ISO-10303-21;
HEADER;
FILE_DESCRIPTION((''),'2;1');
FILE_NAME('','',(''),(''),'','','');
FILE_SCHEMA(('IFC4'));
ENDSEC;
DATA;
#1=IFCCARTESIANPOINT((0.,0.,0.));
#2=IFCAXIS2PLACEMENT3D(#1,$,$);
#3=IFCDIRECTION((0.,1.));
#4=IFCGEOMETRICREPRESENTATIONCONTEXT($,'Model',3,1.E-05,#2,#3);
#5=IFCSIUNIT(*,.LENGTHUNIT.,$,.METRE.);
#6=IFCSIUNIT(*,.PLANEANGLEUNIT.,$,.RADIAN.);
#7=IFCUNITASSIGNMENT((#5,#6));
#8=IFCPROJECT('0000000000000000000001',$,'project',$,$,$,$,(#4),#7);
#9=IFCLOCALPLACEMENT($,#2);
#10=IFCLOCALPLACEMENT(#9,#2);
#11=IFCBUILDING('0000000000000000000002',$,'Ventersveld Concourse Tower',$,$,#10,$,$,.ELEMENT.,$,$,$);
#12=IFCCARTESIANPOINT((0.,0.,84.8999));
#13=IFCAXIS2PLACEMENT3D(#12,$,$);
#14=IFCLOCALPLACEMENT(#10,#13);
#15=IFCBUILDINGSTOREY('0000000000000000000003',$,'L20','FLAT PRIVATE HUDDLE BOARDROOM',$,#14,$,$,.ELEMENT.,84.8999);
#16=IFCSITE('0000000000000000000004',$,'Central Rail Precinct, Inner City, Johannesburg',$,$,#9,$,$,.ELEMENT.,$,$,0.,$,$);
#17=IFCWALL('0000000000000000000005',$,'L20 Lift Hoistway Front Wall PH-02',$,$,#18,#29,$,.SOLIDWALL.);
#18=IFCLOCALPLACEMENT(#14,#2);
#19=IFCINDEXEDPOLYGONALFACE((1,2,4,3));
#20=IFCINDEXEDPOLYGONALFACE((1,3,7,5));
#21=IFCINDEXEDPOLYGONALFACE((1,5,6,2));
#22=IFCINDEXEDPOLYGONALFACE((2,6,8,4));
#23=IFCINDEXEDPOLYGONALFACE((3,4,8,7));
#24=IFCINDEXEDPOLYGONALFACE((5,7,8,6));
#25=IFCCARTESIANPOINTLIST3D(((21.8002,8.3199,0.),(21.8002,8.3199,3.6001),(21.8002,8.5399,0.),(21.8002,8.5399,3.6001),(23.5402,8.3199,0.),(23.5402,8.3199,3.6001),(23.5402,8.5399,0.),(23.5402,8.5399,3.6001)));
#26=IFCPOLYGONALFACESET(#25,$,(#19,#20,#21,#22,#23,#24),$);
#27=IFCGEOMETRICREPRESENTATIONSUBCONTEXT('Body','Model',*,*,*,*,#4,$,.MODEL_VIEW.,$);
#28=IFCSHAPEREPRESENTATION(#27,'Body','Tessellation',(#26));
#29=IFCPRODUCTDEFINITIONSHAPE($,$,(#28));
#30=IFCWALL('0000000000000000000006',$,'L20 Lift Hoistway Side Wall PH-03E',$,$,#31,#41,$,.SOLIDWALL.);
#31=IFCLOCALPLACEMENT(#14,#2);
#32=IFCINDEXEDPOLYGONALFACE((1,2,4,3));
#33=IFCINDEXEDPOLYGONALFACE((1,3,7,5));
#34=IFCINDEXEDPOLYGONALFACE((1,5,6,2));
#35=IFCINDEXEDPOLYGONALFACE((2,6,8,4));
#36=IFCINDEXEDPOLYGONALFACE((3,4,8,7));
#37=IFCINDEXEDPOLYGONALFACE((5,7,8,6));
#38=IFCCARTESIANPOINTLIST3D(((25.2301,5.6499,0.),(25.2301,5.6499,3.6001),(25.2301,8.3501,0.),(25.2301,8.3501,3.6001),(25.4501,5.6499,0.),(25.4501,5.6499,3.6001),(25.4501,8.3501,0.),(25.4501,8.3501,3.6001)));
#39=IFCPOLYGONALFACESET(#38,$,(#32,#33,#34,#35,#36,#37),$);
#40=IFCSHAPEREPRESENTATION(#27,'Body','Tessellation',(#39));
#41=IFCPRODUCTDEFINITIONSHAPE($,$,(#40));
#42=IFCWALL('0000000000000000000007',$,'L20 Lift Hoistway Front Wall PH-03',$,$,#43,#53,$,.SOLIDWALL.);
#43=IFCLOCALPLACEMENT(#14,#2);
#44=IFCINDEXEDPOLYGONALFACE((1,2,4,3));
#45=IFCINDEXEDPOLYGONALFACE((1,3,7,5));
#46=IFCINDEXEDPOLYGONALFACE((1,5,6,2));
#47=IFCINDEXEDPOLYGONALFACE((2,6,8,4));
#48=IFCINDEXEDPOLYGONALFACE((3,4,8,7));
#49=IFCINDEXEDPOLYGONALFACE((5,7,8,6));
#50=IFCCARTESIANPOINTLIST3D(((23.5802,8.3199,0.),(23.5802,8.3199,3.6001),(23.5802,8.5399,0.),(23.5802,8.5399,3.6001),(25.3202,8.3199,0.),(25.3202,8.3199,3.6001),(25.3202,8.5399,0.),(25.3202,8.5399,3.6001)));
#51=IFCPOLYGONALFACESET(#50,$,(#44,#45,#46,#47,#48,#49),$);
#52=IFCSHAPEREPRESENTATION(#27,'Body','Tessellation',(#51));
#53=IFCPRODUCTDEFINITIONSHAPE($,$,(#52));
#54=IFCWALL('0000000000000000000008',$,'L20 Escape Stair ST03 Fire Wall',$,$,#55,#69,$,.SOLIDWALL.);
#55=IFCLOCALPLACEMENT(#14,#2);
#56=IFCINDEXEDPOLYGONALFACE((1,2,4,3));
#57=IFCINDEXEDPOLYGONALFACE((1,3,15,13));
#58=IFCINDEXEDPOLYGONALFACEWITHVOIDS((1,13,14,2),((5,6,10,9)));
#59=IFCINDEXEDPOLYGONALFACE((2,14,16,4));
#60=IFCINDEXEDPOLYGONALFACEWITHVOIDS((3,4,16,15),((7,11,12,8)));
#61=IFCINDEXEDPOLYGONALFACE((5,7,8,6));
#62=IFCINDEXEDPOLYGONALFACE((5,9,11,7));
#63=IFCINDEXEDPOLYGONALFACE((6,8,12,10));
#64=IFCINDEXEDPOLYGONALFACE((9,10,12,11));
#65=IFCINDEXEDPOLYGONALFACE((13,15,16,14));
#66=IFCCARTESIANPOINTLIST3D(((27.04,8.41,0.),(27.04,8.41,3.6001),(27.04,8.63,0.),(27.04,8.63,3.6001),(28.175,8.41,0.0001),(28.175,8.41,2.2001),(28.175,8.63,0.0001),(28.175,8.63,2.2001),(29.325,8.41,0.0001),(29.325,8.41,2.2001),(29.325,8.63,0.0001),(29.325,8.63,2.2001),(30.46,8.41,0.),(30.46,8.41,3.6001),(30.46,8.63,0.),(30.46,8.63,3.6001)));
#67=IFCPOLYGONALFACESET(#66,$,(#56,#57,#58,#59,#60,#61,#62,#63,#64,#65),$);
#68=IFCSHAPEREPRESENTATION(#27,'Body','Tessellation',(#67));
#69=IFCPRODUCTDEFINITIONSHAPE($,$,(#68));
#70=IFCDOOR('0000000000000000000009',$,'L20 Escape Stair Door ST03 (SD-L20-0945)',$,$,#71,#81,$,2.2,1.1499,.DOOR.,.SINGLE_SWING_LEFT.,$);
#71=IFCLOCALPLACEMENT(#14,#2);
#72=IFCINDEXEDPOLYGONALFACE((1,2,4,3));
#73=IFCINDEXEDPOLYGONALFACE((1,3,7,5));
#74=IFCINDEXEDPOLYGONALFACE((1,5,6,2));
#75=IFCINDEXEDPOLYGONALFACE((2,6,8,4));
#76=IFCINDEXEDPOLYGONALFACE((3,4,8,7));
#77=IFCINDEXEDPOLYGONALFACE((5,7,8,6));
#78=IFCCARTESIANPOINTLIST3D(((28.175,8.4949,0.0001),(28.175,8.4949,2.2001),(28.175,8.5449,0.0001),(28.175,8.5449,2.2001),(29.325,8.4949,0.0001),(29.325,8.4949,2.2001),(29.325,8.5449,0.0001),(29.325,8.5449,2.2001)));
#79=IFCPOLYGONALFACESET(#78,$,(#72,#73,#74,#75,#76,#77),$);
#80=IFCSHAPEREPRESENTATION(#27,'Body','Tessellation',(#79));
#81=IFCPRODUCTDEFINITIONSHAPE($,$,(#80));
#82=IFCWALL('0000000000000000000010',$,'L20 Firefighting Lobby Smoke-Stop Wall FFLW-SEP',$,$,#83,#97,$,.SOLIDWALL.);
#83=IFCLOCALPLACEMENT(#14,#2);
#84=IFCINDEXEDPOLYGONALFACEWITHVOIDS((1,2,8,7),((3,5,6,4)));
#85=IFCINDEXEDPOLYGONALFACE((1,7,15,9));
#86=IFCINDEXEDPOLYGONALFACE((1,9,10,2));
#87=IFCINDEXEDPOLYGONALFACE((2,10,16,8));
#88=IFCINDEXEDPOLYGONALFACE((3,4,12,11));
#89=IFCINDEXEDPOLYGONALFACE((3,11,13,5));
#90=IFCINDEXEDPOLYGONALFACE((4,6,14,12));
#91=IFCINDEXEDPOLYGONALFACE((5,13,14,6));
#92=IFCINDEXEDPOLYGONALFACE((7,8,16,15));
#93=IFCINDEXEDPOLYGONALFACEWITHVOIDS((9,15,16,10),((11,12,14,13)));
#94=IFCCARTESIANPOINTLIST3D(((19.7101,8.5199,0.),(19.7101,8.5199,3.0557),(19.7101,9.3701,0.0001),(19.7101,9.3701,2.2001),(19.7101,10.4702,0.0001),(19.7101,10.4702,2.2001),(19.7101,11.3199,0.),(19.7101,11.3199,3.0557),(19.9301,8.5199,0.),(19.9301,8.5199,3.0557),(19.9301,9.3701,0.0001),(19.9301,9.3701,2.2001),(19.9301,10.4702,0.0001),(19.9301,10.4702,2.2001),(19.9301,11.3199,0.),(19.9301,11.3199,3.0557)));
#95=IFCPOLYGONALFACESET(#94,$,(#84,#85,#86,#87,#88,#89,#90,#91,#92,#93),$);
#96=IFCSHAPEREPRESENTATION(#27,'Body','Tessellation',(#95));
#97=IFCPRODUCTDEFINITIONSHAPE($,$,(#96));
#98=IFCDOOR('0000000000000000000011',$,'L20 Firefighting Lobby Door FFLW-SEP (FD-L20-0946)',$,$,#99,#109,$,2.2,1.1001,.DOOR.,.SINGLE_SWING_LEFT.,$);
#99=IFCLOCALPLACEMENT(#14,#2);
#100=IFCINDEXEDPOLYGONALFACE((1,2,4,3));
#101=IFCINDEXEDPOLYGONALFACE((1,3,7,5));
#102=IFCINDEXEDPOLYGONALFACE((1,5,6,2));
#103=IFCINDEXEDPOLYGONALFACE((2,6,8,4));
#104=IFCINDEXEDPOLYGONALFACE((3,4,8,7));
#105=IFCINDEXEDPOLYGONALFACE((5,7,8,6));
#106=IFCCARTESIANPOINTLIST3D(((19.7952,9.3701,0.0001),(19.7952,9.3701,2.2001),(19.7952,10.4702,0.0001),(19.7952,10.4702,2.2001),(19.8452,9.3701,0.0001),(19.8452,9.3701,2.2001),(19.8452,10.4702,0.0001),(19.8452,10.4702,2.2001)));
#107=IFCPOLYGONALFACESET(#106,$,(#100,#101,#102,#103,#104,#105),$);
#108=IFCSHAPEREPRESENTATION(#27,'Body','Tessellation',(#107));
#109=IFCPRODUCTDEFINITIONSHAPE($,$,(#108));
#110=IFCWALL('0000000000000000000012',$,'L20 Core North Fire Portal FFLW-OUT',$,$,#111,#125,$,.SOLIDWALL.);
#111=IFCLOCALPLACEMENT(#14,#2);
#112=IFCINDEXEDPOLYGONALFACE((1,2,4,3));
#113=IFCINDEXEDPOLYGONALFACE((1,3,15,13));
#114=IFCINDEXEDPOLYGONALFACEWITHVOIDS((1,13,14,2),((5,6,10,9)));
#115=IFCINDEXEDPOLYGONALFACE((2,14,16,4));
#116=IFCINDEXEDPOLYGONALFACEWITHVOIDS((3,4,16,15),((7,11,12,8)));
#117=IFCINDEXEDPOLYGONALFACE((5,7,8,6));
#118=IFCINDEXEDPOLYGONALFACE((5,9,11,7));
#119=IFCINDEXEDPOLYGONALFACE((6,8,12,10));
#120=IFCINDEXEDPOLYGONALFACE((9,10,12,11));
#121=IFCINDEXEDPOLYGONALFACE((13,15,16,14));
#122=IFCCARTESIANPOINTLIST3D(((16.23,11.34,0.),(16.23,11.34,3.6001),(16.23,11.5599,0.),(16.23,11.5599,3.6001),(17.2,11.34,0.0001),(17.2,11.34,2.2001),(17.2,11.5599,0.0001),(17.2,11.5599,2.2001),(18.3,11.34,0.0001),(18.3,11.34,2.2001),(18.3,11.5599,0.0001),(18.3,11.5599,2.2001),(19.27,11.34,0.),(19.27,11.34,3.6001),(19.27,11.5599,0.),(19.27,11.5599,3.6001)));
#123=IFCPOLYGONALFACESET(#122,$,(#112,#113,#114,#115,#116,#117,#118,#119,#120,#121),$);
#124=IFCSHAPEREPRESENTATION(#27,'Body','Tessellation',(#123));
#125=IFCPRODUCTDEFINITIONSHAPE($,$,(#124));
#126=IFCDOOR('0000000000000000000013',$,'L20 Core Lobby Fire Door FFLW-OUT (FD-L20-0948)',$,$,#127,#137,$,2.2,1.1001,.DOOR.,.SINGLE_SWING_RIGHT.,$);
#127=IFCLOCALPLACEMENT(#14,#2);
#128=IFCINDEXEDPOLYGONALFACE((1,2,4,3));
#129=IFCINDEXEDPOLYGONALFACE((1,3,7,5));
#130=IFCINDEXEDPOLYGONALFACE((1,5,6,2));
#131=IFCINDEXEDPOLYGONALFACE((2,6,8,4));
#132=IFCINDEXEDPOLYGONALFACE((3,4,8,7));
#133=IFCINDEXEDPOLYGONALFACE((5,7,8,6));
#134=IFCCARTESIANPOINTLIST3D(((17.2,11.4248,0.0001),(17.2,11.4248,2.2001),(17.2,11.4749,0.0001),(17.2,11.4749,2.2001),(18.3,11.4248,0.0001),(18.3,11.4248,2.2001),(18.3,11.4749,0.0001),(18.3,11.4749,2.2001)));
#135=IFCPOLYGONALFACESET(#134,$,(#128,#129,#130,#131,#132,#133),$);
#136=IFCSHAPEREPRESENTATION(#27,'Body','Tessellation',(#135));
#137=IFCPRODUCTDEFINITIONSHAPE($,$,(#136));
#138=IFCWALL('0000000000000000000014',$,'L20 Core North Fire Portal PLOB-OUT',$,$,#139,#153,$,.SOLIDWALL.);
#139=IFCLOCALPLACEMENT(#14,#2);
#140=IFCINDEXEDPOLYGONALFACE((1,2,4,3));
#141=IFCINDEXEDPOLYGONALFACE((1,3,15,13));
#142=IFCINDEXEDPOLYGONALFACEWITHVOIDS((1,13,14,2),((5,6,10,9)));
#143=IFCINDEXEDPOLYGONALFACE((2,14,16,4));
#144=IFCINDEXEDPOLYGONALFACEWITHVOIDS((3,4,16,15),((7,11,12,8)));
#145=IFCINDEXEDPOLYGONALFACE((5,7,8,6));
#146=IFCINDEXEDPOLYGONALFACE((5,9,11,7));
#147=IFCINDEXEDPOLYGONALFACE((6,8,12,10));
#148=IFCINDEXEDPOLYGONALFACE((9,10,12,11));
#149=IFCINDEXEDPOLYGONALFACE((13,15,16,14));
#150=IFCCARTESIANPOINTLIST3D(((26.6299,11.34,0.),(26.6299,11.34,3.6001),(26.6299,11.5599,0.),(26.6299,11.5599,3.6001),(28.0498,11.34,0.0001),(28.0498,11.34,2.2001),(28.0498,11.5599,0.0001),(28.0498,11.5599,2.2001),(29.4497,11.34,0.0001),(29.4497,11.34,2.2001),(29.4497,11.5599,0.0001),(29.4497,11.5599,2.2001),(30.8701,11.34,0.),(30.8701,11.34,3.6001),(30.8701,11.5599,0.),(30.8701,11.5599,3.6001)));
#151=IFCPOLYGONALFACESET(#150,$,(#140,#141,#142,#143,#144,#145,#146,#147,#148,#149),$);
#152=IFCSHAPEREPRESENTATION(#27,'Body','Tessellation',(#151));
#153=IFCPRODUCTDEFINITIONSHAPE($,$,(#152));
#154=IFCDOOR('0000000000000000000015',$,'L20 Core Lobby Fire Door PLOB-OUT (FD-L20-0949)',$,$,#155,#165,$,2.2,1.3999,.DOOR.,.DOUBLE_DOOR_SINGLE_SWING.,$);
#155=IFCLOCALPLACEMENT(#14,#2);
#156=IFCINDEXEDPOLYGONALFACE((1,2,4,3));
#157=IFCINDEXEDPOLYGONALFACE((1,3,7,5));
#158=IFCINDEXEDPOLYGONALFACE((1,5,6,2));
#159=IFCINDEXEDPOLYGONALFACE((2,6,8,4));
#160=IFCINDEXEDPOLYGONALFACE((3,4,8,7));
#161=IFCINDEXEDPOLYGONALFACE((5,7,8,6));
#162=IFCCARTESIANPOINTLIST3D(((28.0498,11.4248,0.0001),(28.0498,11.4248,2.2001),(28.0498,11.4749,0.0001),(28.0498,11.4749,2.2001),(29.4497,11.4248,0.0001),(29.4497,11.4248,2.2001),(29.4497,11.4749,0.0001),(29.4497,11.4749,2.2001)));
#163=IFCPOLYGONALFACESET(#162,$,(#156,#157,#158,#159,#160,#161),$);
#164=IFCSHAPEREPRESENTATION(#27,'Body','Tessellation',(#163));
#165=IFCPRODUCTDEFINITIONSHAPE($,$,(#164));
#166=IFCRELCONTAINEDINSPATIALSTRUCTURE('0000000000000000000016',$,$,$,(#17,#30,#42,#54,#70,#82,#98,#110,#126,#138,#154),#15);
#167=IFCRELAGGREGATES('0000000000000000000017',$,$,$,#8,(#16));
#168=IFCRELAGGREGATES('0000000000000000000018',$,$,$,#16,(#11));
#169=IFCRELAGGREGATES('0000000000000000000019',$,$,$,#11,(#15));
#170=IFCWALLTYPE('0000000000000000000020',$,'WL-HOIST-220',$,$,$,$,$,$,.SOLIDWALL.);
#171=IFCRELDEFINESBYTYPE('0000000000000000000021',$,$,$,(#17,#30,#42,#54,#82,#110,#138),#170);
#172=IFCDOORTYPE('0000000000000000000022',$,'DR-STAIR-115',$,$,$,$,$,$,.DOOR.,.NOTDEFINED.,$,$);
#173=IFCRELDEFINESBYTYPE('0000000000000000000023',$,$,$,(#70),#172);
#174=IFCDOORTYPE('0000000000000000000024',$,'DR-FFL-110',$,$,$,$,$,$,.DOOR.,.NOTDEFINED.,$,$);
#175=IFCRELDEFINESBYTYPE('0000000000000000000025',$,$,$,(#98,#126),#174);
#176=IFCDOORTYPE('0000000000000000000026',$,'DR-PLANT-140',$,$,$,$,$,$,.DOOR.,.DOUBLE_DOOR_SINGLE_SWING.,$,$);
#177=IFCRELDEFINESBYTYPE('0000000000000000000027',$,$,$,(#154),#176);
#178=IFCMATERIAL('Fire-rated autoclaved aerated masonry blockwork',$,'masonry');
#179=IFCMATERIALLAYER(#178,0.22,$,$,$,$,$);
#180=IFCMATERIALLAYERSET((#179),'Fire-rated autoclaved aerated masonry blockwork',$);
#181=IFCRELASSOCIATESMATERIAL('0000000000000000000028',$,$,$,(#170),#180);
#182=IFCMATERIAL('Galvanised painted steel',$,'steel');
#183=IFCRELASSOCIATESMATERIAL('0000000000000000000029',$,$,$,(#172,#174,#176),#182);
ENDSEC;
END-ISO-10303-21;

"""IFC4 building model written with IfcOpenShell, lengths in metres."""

from ifc_helpers import new_model, si_unit, direction, frame, frame_2d, origin, place, context, subcontext, project, spatial, rectangle, extrude, material, layer, layer_set, type_object, element, fill, save


model = new_model("IFC4")

# Units and contexts
model_context = context("Model", 3, precision=1e-05, world=origin(), true_north=direction((0.0, 1.0)))
body_context = subcontext(model_context, "Body", "Model", "MODEL_VIEW")
ifc_project = project(units=[si_unit("LENGTHUNIT", "METRE"), si_unit("PLANEANGLEUNIT", "RADIAN")], contexts=[model_context])

# Site, building, storey
site_placement = place(None, origin())
site = spatial("IfcSite", under=ifc_project, at=site_placement, Name="Central Rail Precinct, Inner City, Johannesburg", CompositionType="ELEMENT", RefElevation=0.0)
building_placement = place(site_placement, origin())
building = spatial("IfcBuilding", under=site, at=building_placement, Name="Ventersveld Concourse Tower", CompositionType="ELEMENT")
storey_placement = place(building_placement, frame((0.0, 0.0, 84.8999)))
storey = spatial("IfcBuildingStorey", under=building, at=storey_placement, Name="L20", Description="FLAT PRIVATE HUDDLE BOARDROOM", CompositionType="ELEMENT", Elevation=84.8999)

# Shared definitions
ifc_material_1 = material(Name="Fire-rated autoclaved aerated masonry blockwork", Category="masonry")
ifc_layer_1 = layer(ifc_material_1, 0.22)
ifc_layer_set_1 = layer_set([ifc_layer_1], Name="Fire-rated autoclaved aerated masonry blockwork")
wall_type_1 = type_object("IfcWallType", Name="WL-HOIST-220", PredefinedType="SOLIDWALL", material=ifc_layer_set_1)

# Walls
wall_1_placement = place(storey_placement, frame((21.8, 8.4299, 0.0), z_axis=(0.0, 0.0, 1.0), x_axis=(1.0, 0.0, 0.0)))
element("IfcWall", 1, at=wall_1_placement, inside=storey, type_object=wall_type_1, Name="L20 Lift Hoistway Front Wall PH-02", PredefinedType="SOLIDWALL", context=body_context, shape_type="SweptSolid", body=[
    extrude(rectangle(XDim=1.74, YDim=0.22, at=frame_2d((0.8701, 0.0))), origin(), (0.0, 0.0, 1.0), 3.6001),
])
wall_2_placement = place(storey_placement, frame((25.3401, 5.6499, 0.0), z_axis=(0.0, 0.0, 1.0), x_axis=(0.0, 1.0, 0.0)))
element("IfcWall", 2, at=wall_2_placement, inside=storey, type_object=wall_type_1, Name="L20 Lift Hoistway Side Wall PH-03E", PredefinedType="SOLIDWALL", context=body_context, shape_type="SweptSolid", body=[
    extrude(rectangle(XDim=2.7002, YDim=0.22, at=frame_2d((1.3501, 0.0))), origin(), (0.0, 0.0, 1.0), 3.6001),
])
wall_3_placement = place(storey_placement, frame((23.5801, 8.4299, 0.0), z_axis=(0.0, 0.0, 1.0), x_axis=(1.0, 0.0, 0.0)))
element("IfcWall", 3, at=wall_3_placement, inside=storey, type_object=wall_type_1, Name="L20 Lift Hoistway Front Wall PH-03", PredefinedType="SOLIDWALL", context=body_context, shape_type="SweptSolid", body=[
    extrude(rectangle(XDim=1.74, YDim=0.22, at=frame_2d((0.8701, 0.0))), origin(), (0.0, 0.0, 1.0), 3.6001),
])

# Walls, openings, doors
wall_4_placement = place(storey_placement, frame((27.04, 8.52, 0.0), z_axis=(0.0, 0.0, 1.0), x_axis=(1.0, 0.0, 0.0)))
wall_4 = element("IfcWall", 4, at=wall_4_placement, inside=storey, type_object=wall_type_1, Name="L20 Escape Stair ST03 Fire Wall", PredefinedType="SOLIDWALL", context=body_context, shape_type="SweptSolid", body=[
    extrude(rectangle(XDim=3.4199, YDim=0.22, at=frame_2d((1.71, 0.0))), origin(), (0.0, 0.0, 1.0), 3.6001),
])
opening_1_placement = place(wall_4_placement, frame((1.135, 0.0, 0.0)))
opening_1 = element("IfcOpeningElement", 5, at=opening_1_placement, cuts=wall_4, PredefinedType="OPENING", context=body_context, shape_type="SweptSolid", body=[
    extrude(rectangle(XDim=1.1499, YDim=2.2, at=frame_2d((0.575, 1.1001))), frame((0.0, 0.1201, 0.0), z_axis=(0.0, -1.0, 0.0), x_axis=(1.0, 0.0, 0.0)), (0.0, 0.0, 1.0), 0.24),
])
ifc_material_2 = material(Name="Galvanised painted steel", Category="steel")
door_type_1 = type_object("IfcDoorType", Name="DR-STAIR-115", OperationType="NOTDEFINED", PredefinedType="DOOR", material=ifc_material_2)
door_1_placement = place(opening_1_placement, origin())
door_1 = element("IfcDoor", 6, at=door_1_placement, inside=storey, type_object=door_type_1, Name="L20 Escape Stair Door ST03 (SD-L20-0945)", OperationType="SINGLE_SWING_LEFT", OverallHeight=2.2, OverallWidth=1.1499, PredefinedType="DOOR", context=body_context, shape_type="SweptSolid", body=[
    extrude(rectangle(XDim=1.1499, YDim=2.2, at=frame_2d((0.575, 1.1001))), frame((0.0, 0.0249, 0.0), z_axis=(0.0, -1.0, 0.0), x_axis=(1.0, 0.0, 0.0)), (0.0, 0.0, 1.0), 0.05),
])
fill(opening_1, door_1)
wall_5_placement = place(storey_placement, frame((19.8201, 8.52, 0.0), z_axis=(0.0, 0.0, 1.0), x_axis=(0.0, 1.0, 0.0)))
wall_5 = element("IfcWall", 7, at=wall_5_placement, inside=storey, type_object=wall_type_1, Name="L20 Firefighting Lobby Smoke-Stop Wall FFLW-SEP", PredefinedType="SOLIDWALL", context=body_context, shape_type="SweptSolid", body=[
    extrude(rectangle(XDim=2.8, YDim=0.22, at=frame_2d((1.3999, 0.0))), origin(), (0.0, 0.0, 1.0), 3.0557),
])
opening_2_placement = place(wall_5_placement, frame((0.8501, 0.0, 0.0)))
opening_2 = element("IfcOpeningElement", 8, at=opening_2_placement, cuts=wall_5, PredefinedType="OPENING", context=body_context, shape_type="SweptSolid", body=[
    extrude(rectangle(XDim=1.1001, YDim=2.2, at=frame_2d((0.55, 1.1001))), frame((0.0, 0.1201, 0.0), z_axis=(0.0, -1.0, 0.0), x_axis=(1.0, 0.0, 0.0)), (0.0, 0.0, 1.0), 0.24),
])
door_type_2 = type_object("IfcDoorType", Name="DR-FFL-110", OperationType="NOTDEFINED", PredefinedType="DOOR", material=ifc_material_2)
door_2_placement = place(opening_2_placement, origin())
door_2 = element("IfcDoor", 9, at=door_2_placement, inside=storey, type_object=door_type_2, Name="L20 Firefighting Lobby Door FFLW-SEP (FD-L20-0946)", OperationType="SINGLE_SWING_LEFT", OverallHeight=2.2, OverallWidth=1.1001, PredefinedType="DOOR", context=body_context, shape_type="SweptSolid", body=[
    extrude(rectangle(XDim=1.1001, YDim=2.2, at=frame_2d((0.55, 1.1001))), frame((0.0, 0.0249, 0.0), z_axis=(0.0, -1.0, 0.0), x_axis=(1.0, 0.0, 0.0)), (0.0, 0.0, 1.0), 0.05),
])
fill(opening_2, door_2)
wall_6_placement = place(storey_placement, frame((16.23, 11.45, 0.0), z_axis=(0.0, 0.0, 1.0), x_axis=(1.0, 0.0, 0.0)))
wall_6 = element("IfcWall", 10, at=wall_6_placement, inside=storey, type_object=wall_type_1, Name="L20 Core North Fire Portal FFLW-OUT", PredefinedType="SOLIDWALL", context=body_context, shape_type="SweptSolid", body=[
    extrude(rectangle(XDim=3.04, YDim=0.22, at=frame_2d((1.52, 0.0))), origin(), (0.0, 0.0, 1.0), 3.6001),
])
opening_3_placement = place(wall_6_placement, frame((0.97, 0.0, 0.0)))
opening_3 = element("IfcOpeningElement", 11, at=opening_3_placement, cuts=wall_6, PredefinedType="OPENING", context=body_context, shape_type="SweptSolid", body=[
    extrude(rectangle(XDim=1.1001, YDim=2.2, at=frame_2d((0.55, 1.1001))), frame((0.0, 0.1201, 0.0), z_axis=(0.0, -1.0, 0.0), x_axis=(1.0, 0.0, 0.0)), (0.0, 0.0, 1.0), 0.24),
])
door_3_placement = place(opening_3_placement, origin())
door_3 = element("IfcDoor", 12, at=door_3_placement, inside=storey, type_object=door_type_2, Name="L20 Core Lobby Fire Door FFLW-OUT (FD-L20-0948)", OperationType="SINGLE_SWING_RIGHT", OverallHeight=2.2, OverallWidth=1.1001, PredefinedType="DOOR", context=body_context, shape_type="SweptSolid", body=[
    extrude(rectangle(XDim=1.1001, YDim=2.2, at=frame_2d((0.55, 1.1001))), frame((0.0, 0.0249, 0.0), z_axis=(0.0, -1.0, 0.0), x_axis=(1.0, 0.0, 0.0)), (0.0, 0.0, 1.0), 0.05),
])
fill(opening_3, door_3)
wall_7_placement = place(storey_placement, frame((26.6299, 11.45, 0.0), z_axis=(0.0, 0.0, 1.0), x_axis=(1.0, 0.0, 0.0)))
wall_7 = element("IfcWall", 13, at=wall_7_placement, inside=storey, type_object=wall_type_1, Name="L20 Core North Fire Portal PLOB-OUT", PredefinedType="SOLIDWALL", context=body_context, shape_type="SweptSolid", body=[
    extrude(rectangle(XDim=4.2402, YDim=0.22, at=frame_2d((2.1201, 0.0))), origin(), (0.0, 0.0, 1.0), 3.6001),
])
opening_4_placement = place(wall_7_placement, frame((1.4199, 0.0, 0.0)))
opening_4 = element("IfcOpeningElement", 14, at=opening_4_placement, cuts=wall_7, PredefinedType="OPENING", context=body_context, shape_type="SweptSolid", body=[
    extrude(rectangle(XDim=1.3999, YDim=2.2, at=frame_2d((0.7, 1.1001))), frame((0.0, 0.1201, 0.0), z_axis=(0.0, -1.0, 0.0), x_axis=(1.0, 0.0, 0.0)), (0.0, 0.0, 1.0), 0.24),
])
door_type_3 = type_object("IfcDoorType", Name="DR-PLANT-140", OperationType="DOUBLE_DOOR_SINGLE_SWING", PredefinedType="DOOR", material=ifc_material_2)
door_4_placement = place(opening_4_placement, origin())
door_4 = element("IfcDoor", 15, at=door_4_placement, inside=storey, type_object=door_type_3, Name="L20 Core Lobby Fire Door PLOB-OUT (FD-L20-0949)", OperationType="DOUBLE_DOOR_SINGLE_SWING", OverallHeight=2.2, OverallWidth=1.3999, PredefinedType="DOOR", context=body_context, shape_type="SweptSolid", body=[
    extrude(rectangle(XDim=1.3999, YDim=2.2, at=frame_2d((0.7, 1.1001))), frame((0.0, 0.0249, 0.0), z_axis=(0.0, -1.0, 0.0), x_axis=(1.0, 0.0, 0.0)), (0.0, 0.0, 1.0), 0.05),
])
fill(opening_4, door_4)

save(model, "model.ifc")
